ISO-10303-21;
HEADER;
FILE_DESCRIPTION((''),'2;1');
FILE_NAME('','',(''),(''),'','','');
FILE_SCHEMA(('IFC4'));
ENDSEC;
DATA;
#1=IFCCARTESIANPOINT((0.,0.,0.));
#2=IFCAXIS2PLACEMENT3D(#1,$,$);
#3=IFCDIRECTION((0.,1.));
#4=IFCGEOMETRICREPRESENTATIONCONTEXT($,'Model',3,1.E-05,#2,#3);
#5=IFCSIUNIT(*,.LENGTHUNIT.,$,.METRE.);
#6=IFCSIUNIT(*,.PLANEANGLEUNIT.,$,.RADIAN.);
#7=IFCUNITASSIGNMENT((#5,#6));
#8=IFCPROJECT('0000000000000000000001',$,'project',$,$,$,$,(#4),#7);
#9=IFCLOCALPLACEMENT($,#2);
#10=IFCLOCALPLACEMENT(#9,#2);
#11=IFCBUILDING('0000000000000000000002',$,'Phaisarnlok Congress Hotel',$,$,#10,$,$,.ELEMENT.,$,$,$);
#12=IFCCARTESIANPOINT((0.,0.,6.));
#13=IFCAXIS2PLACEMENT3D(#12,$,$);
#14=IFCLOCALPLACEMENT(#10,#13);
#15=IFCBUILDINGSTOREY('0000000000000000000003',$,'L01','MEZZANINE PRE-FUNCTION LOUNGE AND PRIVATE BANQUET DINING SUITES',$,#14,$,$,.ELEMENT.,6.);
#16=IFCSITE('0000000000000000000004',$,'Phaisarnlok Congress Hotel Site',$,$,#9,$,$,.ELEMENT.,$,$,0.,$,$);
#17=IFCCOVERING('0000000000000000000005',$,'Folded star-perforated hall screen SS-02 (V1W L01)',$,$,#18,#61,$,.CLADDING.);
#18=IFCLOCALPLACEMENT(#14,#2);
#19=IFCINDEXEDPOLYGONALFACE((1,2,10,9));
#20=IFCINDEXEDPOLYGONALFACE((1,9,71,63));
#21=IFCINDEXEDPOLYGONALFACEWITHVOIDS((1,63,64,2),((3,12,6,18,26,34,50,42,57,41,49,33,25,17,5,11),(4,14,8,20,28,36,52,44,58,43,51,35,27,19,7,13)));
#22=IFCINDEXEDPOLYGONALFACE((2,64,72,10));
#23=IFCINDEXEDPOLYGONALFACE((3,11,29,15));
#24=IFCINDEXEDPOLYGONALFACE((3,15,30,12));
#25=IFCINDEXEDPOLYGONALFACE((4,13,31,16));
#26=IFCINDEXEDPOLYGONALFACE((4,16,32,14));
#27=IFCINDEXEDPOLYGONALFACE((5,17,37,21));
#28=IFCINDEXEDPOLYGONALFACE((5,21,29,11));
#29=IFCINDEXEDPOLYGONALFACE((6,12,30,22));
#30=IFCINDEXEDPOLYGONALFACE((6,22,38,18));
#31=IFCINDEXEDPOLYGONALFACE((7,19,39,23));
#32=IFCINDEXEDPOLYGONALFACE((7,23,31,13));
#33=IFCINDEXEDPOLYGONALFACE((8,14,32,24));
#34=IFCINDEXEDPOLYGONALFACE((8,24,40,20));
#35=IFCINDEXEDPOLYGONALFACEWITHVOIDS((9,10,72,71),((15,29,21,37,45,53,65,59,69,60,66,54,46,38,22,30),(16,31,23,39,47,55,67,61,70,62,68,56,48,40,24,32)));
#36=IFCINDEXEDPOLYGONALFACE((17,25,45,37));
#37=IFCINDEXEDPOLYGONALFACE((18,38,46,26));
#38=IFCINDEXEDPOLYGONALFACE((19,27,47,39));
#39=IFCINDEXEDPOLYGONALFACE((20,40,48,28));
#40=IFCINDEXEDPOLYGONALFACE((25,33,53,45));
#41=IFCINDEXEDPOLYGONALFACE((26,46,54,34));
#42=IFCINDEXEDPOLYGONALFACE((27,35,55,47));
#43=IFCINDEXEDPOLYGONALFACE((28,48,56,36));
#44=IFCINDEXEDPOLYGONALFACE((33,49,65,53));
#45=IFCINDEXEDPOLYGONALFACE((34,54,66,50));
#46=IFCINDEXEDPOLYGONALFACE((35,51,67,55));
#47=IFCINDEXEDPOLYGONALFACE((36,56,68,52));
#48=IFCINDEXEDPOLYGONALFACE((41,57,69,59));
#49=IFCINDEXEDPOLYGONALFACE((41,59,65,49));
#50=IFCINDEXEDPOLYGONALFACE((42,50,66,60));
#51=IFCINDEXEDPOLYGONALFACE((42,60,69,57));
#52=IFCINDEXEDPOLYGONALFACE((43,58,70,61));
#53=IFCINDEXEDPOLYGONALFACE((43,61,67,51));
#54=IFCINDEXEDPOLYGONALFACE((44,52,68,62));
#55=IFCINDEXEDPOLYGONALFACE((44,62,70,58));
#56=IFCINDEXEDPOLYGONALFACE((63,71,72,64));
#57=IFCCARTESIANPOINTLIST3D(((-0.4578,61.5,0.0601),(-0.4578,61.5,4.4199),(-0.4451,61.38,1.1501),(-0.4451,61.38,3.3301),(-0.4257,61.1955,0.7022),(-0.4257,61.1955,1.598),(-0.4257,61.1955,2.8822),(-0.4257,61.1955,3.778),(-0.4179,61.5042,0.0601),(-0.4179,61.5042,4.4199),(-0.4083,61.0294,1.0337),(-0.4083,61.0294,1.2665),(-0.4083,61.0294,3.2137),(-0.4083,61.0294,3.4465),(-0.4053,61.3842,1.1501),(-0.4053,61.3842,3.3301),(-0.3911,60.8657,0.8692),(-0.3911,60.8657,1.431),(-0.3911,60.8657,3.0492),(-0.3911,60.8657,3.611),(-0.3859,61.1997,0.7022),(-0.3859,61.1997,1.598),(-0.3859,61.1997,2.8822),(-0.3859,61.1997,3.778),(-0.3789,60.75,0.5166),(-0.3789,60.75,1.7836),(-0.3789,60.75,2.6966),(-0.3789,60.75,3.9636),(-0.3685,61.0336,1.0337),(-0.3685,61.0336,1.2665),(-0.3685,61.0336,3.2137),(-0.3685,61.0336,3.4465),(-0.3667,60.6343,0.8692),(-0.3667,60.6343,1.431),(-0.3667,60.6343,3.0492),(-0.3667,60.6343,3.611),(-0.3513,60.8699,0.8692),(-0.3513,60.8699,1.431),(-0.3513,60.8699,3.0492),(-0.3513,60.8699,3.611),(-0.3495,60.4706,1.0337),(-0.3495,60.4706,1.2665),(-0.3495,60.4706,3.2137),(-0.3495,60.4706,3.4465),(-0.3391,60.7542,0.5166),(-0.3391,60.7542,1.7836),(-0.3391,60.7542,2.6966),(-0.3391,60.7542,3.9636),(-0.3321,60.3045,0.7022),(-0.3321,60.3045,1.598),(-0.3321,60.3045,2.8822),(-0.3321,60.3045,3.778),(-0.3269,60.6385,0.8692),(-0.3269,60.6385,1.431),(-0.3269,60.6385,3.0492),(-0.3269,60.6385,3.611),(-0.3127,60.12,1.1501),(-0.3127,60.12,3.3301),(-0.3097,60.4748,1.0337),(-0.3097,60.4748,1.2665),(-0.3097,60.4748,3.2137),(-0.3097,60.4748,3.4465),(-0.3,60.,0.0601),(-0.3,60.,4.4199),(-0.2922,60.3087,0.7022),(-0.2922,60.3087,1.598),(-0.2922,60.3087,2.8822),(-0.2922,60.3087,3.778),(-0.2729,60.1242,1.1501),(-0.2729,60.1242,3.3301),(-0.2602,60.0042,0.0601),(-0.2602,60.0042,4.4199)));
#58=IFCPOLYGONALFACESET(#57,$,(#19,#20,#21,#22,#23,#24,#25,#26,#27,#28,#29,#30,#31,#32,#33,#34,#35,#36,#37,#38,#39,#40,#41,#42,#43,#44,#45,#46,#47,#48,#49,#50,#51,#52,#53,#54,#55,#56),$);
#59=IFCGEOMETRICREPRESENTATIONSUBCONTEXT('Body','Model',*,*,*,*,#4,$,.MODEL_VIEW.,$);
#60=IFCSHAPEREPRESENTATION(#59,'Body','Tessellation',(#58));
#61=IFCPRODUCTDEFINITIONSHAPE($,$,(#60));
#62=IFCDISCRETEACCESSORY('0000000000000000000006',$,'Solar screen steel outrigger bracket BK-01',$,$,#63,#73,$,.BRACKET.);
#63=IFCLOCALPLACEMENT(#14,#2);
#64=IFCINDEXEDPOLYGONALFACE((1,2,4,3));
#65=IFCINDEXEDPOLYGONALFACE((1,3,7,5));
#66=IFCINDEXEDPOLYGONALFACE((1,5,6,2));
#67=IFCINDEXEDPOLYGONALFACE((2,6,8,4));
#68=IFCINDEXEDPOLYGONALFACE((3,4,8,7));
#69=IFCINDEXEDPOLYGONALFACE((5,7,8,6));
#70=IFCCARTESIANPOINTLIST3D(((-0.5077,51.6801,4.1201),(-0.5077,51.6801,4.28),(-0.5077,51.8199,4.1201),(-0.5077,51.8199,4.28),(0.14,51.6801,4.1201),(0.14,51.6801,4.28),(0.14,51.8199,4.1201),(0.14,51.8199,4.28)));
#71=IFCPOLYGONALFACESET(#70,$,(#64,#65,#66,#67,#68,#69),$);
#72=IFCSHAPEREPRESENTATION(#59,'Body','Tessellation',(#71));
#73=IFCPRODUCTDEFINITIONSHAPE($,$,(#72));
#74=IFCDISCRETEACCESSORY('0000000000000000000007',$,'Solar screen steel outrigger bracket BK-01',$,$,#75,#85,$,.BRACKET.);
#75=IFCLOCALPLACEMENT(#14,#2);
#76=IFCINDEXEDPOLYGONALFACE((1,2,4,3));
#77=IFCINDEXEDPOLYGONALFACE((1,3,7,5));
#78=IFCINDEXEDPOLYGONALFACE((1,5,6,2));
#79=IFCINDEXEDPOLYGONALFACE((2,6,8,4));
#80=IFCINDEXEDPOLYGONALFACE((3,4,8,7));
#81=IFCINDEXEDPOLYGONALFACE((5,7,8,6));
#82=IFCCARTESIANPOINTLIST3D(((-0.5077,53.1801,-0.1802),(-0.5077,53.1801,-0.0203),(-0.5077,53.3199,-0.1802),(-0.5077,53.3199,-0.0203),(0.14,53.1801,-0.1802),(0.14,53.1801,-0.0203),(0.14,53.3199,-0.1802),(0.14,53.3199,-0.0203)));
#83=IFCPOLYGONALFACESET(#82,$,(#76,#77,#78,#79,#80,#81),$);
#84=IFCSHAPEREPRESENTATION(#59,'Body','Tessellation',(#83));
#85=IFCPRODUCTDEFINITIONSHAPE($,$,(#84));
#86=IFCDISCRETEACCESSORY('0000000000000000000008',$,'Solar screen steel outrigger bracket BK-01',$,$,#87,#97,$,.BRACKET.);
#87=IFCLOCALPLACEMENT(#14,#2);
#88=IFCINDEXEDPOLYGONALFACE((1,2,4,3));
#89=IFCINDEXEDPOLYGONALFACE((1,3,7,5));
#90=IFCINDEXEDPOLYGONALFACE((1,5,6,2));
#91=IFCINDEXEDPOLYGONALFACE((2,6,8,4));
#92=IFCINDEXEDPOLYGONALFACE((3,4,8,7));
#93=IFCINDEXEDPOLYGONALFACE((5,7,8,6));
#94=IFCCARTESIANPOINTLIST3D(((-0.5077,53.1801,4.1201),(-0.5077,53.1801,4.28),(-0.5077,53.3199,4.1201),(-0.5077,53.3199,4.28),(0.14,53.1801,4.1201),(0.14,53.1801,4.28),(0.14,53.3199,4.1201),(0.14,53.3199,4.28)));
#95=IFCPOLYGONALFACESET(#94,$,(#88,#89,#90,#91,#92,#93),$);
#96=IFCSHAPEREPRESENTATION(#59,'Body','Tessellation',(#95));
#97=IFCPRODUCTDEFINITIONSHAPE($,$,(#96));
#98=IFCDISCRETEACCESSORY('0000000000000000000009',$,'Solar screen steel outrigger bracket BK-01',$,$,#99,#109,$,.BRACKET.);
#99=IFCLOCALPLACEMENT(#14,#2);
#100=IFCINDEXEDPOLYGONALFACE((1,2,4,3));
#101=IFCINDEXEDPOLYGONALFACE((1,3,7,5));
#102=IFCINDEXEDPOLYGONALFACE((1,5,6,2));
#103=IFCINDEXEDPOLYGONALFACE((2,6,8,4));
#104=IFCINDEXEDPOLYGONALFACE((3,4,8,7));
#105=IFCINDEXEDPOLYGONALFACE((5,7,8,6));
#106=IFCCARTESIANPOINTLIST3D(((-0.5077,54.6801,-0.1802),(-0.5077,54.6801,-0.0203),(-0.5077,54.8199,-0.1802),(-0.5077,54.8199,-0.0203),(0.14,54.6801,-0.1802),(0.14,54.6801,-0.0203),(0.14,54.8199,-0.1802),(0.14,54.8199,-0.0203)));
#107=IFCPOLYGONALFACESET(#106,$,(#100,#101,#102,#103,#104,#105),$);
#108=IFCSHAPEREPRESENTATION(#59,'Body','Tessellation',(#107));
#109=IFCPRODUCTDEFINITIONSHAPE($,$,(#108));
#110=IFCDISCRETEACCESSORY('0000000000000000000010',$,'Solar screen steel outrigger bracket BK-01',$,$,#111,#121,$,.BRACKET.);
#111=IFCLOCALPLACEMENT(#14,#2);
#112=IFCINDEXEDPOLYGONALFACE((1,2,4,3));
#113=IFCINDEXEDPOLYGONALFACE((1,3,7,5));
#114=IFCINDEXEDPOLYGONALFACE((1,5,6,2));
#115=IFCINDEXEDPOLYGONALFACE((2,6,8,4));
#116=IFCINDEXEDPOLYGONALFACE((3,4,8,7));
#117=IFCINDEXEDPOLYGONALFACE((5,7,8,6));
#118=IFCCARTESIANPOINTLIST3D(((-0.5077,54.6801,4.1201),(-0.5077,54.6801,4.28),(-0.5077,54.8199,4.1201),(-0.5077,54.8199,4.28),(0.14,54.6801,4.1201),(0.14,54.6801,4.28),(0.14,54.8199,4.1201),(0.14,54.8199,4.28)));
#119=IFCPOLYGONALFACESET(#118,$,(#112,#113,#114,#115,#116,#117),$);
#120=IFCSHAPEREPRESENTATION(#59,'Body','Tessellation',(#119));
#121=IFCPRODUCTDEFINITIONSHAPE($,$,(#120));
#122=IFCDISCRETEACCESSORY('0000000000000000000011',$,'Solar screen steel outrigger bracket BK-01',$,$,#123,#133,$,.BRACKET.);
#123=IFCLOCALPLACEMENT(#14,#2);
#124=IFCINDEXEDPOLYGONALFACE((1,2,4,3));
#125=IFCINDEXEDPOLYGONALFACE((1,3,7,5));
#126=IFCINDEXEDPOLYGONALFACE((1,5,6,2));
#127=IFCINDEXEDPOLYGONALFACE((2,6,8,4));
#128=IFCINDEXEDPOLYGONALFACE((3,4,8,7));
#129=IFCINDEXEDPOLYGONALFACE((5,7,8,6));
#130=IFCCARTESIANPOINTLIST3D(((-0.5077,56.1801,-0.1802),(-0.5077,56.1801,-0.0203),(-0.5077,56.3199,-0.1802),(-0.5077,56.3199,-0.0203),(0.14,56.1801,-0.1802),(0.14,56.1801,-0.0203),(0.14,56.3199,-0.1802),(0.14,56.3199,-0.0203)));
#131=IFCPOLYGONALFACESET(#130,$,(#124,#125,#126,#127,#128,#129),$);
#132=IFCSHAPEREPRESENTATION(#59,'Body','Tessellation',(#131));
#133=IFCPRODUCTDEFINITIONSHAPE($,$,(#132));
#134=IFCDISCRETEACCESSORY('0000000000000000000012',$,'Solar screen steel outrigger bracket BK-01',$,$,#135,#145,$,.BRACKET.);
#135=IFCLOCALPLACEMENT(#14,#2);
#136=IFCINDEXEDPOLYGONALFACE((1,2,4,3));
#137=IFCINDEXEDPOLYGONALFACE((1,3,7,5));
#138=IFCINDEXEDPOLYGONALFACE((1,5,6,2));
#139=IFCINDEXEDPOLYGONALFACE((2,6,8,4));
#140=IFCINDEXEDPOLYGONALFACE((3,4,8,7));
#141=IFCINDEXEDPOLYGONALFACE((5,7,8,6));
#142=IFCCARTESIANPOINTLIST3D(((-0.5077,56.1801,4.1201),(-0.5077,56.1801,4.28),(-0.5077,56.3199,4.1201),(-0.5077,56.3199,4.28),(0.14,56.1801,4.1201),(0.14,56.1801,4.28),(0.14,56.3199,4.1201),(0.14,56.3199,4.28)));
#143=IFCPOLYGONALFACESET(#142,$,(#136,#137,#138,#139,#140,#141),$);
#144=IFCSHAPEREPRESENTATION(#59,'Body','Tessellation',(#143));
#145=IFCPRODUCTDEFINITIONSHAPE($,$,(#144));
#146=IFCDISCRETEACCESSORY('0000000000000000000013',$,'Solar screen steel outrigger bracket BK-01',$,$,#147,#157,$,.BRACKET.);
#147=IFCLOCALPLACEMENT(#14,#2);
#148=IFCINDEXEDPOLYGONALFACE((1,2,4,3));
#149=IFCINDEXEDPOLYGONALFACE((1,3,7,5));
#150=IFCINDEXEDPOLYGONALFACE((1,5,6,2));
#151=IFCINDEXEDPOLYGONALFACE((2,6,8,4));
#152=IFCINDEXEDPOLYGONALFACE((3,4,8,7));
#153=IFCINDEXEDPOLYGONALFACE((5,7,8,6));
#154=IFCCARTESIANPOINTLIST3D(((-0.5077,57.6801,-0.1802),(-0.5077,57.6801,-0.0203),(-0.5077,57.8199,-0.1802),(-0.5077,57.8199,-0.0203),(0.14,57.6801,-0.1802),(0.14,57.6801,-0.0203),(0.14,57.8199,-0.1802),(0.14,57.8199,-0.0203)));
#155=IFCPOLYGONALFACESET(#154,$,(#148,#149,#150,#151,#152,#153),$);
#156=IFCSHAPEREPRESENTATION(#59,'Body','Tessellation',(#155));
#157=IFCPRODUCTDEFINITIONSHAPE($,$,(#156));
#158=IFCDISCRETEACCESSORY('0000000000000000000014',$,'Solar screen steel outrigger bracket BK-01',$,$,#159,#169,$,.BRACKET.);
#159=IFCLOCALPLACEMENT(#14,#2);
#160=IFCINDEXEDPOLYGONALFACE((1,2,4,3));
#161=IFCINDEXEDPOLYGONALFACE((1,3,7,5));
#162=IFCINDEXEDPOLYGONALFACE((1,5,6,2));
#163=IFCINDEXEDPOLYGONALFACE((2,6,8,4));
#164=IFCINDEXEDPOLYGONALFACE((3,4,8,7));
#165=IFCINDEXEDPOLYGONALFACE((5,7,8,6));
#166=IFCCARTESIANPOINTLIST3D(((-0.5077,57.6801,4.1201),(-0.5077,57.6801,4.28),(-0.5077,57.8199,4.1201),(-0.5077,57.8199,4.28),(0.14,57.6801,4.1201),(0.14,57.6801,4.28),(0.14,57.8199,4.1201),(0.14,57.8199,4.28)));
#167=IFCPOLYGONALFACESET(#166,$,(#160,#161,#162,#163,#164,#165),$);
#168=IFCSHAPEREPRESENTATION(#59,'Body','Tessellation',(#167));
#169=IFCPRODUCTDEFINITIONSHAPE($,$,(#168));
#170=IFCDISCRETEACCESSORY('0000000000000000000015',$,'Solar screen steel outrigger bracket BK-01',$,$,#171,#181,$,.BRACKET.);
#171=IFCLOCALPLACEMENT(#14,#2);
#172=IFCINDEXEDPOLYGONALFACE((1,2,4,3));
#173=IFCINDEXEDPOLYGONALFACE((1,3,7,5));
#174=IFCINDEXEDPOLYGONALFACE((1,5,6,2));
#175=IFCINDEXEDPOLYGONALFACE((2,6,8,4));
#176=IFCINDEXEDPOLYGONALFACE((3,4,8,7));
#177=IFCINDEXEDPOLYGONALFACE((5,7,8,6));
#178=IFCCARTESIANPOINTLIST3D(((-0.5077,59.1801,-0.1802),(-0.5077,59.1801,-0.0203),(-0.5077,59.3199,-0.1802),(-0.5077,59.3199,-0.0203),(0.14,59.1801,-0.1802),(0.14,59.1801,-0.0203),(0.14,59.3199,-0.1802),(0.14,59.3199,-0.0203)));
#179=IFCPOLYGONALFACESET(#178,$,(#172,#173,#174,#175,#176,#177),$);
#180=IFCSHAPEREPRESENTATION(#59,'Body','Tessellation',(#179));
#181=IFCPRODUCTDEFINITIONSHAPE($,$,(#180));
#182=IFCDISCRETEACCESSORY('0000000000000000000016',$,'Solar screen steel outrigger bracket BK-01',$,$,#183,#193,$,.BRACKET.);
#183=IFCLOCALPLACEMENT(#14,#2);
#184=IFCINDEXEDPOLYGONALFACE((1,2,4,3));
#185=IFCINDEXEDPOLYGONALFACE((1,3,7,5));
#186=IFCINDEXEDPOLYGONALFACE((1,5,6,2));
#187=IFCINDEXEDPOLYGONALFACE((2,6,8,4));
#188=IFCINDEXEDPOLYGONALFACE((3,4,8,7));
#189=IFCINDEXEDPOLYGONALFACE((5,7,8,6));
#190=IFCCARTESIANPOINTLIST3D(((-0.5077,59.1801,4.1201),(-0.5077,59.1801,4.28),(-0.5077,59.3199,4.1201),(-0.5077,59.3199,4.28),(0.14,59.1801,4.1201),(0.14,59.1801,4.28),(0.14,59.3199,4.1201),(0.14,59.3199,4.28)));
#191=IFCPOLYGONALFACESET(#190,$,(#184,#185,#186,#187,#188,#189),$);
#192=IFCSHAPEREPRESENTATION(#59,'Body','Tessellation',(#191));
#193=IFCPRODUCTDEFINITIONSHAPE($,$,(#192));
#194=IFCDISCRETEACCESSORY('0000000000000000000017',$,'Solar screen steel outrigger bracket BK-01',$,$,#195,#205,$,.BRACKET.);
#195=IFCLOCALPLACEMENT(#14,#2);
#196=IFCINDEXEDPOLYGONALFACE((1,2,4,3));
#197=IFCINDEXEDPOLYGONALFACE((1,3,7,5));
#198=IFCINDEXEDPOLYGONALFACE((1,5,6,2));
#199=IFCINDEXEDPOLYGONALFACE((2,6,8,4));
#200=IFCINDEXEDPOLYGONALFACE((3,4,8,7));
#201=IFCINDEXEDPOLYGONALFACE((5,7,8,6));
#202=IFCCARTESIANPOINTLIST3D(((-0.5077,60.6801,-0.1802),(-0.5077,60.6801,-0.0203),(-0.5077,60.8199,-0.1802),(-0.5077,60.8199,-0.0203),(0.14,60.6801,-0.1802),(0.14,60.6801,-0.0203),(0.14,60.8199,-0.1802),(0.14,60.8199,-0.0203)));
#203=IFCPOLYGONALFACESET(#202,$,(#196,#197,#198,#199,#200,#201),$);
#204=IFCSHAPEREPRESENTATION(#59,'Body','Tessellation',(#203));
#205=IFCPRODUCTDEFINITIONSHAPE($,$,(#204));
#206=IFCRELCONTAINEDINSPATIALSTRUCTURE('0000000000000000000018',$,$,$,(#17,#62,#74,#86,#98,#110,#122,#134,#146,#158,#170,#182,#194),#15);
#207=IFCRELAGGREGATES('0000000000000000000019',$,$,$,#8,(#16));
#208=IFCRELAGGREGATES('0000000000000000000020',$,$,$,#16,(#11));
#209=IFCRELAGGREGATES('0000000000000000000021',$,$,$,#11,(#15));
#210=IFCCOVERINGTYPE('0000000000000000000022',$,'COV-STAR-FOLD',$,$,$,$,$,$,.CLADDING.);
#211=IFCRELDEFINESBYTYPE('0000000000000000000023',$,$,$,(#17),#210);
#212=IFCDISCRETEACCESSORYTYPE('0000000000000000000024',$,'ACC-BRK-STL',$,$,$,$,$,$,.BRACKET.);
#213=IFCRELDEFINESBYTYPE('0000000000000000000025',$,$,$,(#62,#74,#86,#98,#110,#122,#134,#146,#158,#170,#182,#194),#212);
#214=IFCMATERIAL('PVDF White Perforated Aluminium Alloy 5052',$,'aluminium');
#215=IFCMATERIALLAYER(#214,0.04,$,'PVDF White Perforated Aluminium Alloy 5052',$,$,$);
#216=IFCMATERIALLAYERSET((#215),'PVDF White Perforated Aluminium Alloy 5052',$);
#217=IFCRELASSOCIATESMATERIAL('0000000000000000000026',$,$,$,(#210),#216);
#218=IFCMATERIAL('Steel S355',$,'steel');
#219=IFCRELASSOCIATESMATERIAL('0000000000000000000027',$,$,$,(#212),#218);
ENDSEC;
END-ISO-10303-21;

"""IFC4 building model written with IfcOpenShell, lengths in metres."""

from ifc_helpers import new_model, si_unit, direction, frame, origin, origin_2d, place, context, subcontext, project, spatial, polyline, rectangle, outline, extrude, material, layer, layer_set, type_object, element, save


model = new_model("IFC4")

# Units and contexts
model_context = context("Model", 3, precision=1e-05, world=origin(), true_north=direction((0.0, 1.0)))
body_context = subcontext(model_context, "Body", "Model", "MODEL_VIEW")
ifc_project = project(units=[si_unit("LENGTHUNIT", "METRE"), si_unit("PLANEANGLEUNIT", "RADIAN")], contexts=[model_context])

# Site, building, storey
site_placement = place(None, origin())
site = spatial("IfcSite", under=ifc_project, at=site_placement, Name="Phaisarnlok Congress Hotel Site", CompositionType="ELEMENT", RefElevation=0.0)
building_placement = place(site_placement, origin())
building = spatial("IfcBuilding", under=site, at=building_placement, Name="Phaisarnlok Congress Hotel", CompositionType="ELEMENT")
storey_placement = place(building_placement, frame((0.0, 0.0, 6.0)))
storey = spatial("IfcBuildingStorey", under=building, at=storey_placement, Name="L01", Description="MEZZANINE PRE-FUNCTION LOUNGE AND PRIVATE BANQUET DINING SUITES", CompositionType="ELEMENT", Elevation=6.0)

# Shared definitions
ifc_material_1 = material(Name="Steel S355", Category="steel")

# Covering
ifc_material_2 = material(Name="PVDF White Perforated Aluminium Alloy 5052", Category="aluminium")
ifc_layer_1 = layer(ifc_material_2, 0.04, Name="PVDF White Perforated Aluminium Alloy 5052")
ifc_layer_set_1 = layer_set([ifc_layer_1], Name="PVDF White Perforated Aluminium Alloy 5052")
covering_type = type_object("IfcCoveringType", Name="COV-STAR-FOLD", PredefinedType="CLADDING", material=ifc_layer_set_1)
for number, where, z_axis, x_axis, name in (
    (1, (-0.3, 60.0, 0.0601), (0.994518, 0.104567, 0.0), (-0.104567, 0.994518, 0.0), "Folded star-perforated hall screen SS-02 (V1W L01)"),
):
    element("IfcCovering", number, at=place(storey_placement, frame(where, z_axis=z_axis, x_axis=x_axis)), inside=storey, type_object=covering_type, Name=name, PredefinedType="CLADDING", context=body_context, shape_type="SweptSolid", body=[
        extrude(outline(polyline([(0.0, 0.0), (1.5083, 0.0), (1.5083, 4.3599), (0.0, 4.3599), (0.0, 0.0)]), holes=[polyline([(1.0351, 0.9736), (1.2021, 0.6421), (0.8705, 0.8091), (0.7541, 0.4565), (0.6378, 0.8091), (0.3062, 0.6421), (0.4732, 0.9736), (0.1207, 1.09), (0.4732, 1.2064), (0.3062, 1.5379), (0.6378, 1.3709), (0.7541, 1.7235), (0.8705, 1.3709), (1.2021, 1.5379), (1.0351, 1.2064), (1.3876, 1.09), (1.0351, 0.9736)]), polyline([(1.0351, 3.1536), (1.2021, 2.8221), (0.8705, 2.9891), (0.7541, 2.6365), (0.6378, 2.9891), (0.3062, 2.8221), (0.4732, 3.1536), (0.1207, 3.27), (0.4732, 3.3864), (0.3062, 3.7179), (0.6378, 3.5509), (0.7541, 3.9035), (0.8705, 3.5509), (1.2021, 3.7179), (1.0351, 3.3864), (1.3876, 3.27), (1.0351, 3.1536)])]), origin(), (0.0, 0.0, 1.0), 0.04),
    ])

# Discrete accessories
discrete_accessory_type = type_object("IfcDiscreteAccessoryType", Name="ACC-BRK-STL", PredefinedType="BRACKET", material=ifc_material_1)
for number, where, z_axis, x_axis, name in (
    (2, (-0.1838, 51.75, 4.1201), (0.0, 0.0, 1.0), (1.0, 0.0, 0.0), "Solar screen steel outrigger bracket BK-01"),
    (3, (-0.1838, 53.25, -0.1802), (0.0, 0.0, 1.0), (1.0, 0.0, 0.0), "Solar screen steel outrigger bracket BK-01"),
    (4, (-0.1838, 53.25, 4.1201), (0.0, 0.0, 1.0), (1.0, 0.0, 0.0), "Solar screen steel outrigger bracket BK-01"),
    (5, (-0.1838, 54.75, -0.1802), (0.0, 0.0, 1.0), (1.0, 0.0, 0.0), "Solar screen steel outrigger bracket BK-01"),
    (6, (-0.1838, 54.75, 4.1201), (0.0, 0.0, 1.0), (1.0, 0.0, 0.0), "Solar screen steel outrigger bracket BK-01"),
    (7, (-0.1838, 56.25, -0.1802), (0.0, 0.0, 1.0), (1.0, 0.0, 0.0), "Solar screen steel outrigger bracket BK-01"),
    (8, (-0.1838, 56.25, 4.1201), (0.0, 0.0, 1.0), (1.0, 0.0, 0.0), "Solar screen steel outrigger bracket BK-01"),
    (9, (-0.1838, 57.75, -0.1802), (0.0, 0.0, 1.0), (1.0, 0.0, 0.0), "Solar screen steel outrigger bracket BK-01"),
    (10, (-0.1838, 57.75, 4.1201), (0.0, 0.0, 1.0), (1.0, 0.0, 0.0), "Solar screen steel outrigger bracket BK-01"),
    (11, (-0.1838, 59.25, -0.1802), (0.0, 0.0, 1.0), (1.0, 0.0, 0.0), "Solar screen steel outrigger bracket BK-01"),
    (12, (-0.1838, 59.25, 4.1201), (0.0, 0.0, 1.0), (1.0, 0.0, 0.0), "Solar screen steel outrigger bracket BK-01"),
    (13, (-0.1838, 60.75, -0.1802), (0.0, 0.0, 1.0), (1.0, 0.0, 0.0), "Solar screen steel outrigger bracket BK-01"),
):
    element("IfcDiscreteAccessory", number, at=place(storey_placement, frame(where, z_axis=z_axis, x_axis=x_axis)), inside=storey, type_object=discrete_accessory_type, Name=name, PredefinedType="BRACKET", context=body_context, shape_type="SweptSolid", body=[
        extrude(rectangle(XDim=0.6477, YDim=0.1399, at=origin_2d()), origin(), (0.0, 0.0, 1.0), 0.1599),
    ])

save(model, "model.ifc")
